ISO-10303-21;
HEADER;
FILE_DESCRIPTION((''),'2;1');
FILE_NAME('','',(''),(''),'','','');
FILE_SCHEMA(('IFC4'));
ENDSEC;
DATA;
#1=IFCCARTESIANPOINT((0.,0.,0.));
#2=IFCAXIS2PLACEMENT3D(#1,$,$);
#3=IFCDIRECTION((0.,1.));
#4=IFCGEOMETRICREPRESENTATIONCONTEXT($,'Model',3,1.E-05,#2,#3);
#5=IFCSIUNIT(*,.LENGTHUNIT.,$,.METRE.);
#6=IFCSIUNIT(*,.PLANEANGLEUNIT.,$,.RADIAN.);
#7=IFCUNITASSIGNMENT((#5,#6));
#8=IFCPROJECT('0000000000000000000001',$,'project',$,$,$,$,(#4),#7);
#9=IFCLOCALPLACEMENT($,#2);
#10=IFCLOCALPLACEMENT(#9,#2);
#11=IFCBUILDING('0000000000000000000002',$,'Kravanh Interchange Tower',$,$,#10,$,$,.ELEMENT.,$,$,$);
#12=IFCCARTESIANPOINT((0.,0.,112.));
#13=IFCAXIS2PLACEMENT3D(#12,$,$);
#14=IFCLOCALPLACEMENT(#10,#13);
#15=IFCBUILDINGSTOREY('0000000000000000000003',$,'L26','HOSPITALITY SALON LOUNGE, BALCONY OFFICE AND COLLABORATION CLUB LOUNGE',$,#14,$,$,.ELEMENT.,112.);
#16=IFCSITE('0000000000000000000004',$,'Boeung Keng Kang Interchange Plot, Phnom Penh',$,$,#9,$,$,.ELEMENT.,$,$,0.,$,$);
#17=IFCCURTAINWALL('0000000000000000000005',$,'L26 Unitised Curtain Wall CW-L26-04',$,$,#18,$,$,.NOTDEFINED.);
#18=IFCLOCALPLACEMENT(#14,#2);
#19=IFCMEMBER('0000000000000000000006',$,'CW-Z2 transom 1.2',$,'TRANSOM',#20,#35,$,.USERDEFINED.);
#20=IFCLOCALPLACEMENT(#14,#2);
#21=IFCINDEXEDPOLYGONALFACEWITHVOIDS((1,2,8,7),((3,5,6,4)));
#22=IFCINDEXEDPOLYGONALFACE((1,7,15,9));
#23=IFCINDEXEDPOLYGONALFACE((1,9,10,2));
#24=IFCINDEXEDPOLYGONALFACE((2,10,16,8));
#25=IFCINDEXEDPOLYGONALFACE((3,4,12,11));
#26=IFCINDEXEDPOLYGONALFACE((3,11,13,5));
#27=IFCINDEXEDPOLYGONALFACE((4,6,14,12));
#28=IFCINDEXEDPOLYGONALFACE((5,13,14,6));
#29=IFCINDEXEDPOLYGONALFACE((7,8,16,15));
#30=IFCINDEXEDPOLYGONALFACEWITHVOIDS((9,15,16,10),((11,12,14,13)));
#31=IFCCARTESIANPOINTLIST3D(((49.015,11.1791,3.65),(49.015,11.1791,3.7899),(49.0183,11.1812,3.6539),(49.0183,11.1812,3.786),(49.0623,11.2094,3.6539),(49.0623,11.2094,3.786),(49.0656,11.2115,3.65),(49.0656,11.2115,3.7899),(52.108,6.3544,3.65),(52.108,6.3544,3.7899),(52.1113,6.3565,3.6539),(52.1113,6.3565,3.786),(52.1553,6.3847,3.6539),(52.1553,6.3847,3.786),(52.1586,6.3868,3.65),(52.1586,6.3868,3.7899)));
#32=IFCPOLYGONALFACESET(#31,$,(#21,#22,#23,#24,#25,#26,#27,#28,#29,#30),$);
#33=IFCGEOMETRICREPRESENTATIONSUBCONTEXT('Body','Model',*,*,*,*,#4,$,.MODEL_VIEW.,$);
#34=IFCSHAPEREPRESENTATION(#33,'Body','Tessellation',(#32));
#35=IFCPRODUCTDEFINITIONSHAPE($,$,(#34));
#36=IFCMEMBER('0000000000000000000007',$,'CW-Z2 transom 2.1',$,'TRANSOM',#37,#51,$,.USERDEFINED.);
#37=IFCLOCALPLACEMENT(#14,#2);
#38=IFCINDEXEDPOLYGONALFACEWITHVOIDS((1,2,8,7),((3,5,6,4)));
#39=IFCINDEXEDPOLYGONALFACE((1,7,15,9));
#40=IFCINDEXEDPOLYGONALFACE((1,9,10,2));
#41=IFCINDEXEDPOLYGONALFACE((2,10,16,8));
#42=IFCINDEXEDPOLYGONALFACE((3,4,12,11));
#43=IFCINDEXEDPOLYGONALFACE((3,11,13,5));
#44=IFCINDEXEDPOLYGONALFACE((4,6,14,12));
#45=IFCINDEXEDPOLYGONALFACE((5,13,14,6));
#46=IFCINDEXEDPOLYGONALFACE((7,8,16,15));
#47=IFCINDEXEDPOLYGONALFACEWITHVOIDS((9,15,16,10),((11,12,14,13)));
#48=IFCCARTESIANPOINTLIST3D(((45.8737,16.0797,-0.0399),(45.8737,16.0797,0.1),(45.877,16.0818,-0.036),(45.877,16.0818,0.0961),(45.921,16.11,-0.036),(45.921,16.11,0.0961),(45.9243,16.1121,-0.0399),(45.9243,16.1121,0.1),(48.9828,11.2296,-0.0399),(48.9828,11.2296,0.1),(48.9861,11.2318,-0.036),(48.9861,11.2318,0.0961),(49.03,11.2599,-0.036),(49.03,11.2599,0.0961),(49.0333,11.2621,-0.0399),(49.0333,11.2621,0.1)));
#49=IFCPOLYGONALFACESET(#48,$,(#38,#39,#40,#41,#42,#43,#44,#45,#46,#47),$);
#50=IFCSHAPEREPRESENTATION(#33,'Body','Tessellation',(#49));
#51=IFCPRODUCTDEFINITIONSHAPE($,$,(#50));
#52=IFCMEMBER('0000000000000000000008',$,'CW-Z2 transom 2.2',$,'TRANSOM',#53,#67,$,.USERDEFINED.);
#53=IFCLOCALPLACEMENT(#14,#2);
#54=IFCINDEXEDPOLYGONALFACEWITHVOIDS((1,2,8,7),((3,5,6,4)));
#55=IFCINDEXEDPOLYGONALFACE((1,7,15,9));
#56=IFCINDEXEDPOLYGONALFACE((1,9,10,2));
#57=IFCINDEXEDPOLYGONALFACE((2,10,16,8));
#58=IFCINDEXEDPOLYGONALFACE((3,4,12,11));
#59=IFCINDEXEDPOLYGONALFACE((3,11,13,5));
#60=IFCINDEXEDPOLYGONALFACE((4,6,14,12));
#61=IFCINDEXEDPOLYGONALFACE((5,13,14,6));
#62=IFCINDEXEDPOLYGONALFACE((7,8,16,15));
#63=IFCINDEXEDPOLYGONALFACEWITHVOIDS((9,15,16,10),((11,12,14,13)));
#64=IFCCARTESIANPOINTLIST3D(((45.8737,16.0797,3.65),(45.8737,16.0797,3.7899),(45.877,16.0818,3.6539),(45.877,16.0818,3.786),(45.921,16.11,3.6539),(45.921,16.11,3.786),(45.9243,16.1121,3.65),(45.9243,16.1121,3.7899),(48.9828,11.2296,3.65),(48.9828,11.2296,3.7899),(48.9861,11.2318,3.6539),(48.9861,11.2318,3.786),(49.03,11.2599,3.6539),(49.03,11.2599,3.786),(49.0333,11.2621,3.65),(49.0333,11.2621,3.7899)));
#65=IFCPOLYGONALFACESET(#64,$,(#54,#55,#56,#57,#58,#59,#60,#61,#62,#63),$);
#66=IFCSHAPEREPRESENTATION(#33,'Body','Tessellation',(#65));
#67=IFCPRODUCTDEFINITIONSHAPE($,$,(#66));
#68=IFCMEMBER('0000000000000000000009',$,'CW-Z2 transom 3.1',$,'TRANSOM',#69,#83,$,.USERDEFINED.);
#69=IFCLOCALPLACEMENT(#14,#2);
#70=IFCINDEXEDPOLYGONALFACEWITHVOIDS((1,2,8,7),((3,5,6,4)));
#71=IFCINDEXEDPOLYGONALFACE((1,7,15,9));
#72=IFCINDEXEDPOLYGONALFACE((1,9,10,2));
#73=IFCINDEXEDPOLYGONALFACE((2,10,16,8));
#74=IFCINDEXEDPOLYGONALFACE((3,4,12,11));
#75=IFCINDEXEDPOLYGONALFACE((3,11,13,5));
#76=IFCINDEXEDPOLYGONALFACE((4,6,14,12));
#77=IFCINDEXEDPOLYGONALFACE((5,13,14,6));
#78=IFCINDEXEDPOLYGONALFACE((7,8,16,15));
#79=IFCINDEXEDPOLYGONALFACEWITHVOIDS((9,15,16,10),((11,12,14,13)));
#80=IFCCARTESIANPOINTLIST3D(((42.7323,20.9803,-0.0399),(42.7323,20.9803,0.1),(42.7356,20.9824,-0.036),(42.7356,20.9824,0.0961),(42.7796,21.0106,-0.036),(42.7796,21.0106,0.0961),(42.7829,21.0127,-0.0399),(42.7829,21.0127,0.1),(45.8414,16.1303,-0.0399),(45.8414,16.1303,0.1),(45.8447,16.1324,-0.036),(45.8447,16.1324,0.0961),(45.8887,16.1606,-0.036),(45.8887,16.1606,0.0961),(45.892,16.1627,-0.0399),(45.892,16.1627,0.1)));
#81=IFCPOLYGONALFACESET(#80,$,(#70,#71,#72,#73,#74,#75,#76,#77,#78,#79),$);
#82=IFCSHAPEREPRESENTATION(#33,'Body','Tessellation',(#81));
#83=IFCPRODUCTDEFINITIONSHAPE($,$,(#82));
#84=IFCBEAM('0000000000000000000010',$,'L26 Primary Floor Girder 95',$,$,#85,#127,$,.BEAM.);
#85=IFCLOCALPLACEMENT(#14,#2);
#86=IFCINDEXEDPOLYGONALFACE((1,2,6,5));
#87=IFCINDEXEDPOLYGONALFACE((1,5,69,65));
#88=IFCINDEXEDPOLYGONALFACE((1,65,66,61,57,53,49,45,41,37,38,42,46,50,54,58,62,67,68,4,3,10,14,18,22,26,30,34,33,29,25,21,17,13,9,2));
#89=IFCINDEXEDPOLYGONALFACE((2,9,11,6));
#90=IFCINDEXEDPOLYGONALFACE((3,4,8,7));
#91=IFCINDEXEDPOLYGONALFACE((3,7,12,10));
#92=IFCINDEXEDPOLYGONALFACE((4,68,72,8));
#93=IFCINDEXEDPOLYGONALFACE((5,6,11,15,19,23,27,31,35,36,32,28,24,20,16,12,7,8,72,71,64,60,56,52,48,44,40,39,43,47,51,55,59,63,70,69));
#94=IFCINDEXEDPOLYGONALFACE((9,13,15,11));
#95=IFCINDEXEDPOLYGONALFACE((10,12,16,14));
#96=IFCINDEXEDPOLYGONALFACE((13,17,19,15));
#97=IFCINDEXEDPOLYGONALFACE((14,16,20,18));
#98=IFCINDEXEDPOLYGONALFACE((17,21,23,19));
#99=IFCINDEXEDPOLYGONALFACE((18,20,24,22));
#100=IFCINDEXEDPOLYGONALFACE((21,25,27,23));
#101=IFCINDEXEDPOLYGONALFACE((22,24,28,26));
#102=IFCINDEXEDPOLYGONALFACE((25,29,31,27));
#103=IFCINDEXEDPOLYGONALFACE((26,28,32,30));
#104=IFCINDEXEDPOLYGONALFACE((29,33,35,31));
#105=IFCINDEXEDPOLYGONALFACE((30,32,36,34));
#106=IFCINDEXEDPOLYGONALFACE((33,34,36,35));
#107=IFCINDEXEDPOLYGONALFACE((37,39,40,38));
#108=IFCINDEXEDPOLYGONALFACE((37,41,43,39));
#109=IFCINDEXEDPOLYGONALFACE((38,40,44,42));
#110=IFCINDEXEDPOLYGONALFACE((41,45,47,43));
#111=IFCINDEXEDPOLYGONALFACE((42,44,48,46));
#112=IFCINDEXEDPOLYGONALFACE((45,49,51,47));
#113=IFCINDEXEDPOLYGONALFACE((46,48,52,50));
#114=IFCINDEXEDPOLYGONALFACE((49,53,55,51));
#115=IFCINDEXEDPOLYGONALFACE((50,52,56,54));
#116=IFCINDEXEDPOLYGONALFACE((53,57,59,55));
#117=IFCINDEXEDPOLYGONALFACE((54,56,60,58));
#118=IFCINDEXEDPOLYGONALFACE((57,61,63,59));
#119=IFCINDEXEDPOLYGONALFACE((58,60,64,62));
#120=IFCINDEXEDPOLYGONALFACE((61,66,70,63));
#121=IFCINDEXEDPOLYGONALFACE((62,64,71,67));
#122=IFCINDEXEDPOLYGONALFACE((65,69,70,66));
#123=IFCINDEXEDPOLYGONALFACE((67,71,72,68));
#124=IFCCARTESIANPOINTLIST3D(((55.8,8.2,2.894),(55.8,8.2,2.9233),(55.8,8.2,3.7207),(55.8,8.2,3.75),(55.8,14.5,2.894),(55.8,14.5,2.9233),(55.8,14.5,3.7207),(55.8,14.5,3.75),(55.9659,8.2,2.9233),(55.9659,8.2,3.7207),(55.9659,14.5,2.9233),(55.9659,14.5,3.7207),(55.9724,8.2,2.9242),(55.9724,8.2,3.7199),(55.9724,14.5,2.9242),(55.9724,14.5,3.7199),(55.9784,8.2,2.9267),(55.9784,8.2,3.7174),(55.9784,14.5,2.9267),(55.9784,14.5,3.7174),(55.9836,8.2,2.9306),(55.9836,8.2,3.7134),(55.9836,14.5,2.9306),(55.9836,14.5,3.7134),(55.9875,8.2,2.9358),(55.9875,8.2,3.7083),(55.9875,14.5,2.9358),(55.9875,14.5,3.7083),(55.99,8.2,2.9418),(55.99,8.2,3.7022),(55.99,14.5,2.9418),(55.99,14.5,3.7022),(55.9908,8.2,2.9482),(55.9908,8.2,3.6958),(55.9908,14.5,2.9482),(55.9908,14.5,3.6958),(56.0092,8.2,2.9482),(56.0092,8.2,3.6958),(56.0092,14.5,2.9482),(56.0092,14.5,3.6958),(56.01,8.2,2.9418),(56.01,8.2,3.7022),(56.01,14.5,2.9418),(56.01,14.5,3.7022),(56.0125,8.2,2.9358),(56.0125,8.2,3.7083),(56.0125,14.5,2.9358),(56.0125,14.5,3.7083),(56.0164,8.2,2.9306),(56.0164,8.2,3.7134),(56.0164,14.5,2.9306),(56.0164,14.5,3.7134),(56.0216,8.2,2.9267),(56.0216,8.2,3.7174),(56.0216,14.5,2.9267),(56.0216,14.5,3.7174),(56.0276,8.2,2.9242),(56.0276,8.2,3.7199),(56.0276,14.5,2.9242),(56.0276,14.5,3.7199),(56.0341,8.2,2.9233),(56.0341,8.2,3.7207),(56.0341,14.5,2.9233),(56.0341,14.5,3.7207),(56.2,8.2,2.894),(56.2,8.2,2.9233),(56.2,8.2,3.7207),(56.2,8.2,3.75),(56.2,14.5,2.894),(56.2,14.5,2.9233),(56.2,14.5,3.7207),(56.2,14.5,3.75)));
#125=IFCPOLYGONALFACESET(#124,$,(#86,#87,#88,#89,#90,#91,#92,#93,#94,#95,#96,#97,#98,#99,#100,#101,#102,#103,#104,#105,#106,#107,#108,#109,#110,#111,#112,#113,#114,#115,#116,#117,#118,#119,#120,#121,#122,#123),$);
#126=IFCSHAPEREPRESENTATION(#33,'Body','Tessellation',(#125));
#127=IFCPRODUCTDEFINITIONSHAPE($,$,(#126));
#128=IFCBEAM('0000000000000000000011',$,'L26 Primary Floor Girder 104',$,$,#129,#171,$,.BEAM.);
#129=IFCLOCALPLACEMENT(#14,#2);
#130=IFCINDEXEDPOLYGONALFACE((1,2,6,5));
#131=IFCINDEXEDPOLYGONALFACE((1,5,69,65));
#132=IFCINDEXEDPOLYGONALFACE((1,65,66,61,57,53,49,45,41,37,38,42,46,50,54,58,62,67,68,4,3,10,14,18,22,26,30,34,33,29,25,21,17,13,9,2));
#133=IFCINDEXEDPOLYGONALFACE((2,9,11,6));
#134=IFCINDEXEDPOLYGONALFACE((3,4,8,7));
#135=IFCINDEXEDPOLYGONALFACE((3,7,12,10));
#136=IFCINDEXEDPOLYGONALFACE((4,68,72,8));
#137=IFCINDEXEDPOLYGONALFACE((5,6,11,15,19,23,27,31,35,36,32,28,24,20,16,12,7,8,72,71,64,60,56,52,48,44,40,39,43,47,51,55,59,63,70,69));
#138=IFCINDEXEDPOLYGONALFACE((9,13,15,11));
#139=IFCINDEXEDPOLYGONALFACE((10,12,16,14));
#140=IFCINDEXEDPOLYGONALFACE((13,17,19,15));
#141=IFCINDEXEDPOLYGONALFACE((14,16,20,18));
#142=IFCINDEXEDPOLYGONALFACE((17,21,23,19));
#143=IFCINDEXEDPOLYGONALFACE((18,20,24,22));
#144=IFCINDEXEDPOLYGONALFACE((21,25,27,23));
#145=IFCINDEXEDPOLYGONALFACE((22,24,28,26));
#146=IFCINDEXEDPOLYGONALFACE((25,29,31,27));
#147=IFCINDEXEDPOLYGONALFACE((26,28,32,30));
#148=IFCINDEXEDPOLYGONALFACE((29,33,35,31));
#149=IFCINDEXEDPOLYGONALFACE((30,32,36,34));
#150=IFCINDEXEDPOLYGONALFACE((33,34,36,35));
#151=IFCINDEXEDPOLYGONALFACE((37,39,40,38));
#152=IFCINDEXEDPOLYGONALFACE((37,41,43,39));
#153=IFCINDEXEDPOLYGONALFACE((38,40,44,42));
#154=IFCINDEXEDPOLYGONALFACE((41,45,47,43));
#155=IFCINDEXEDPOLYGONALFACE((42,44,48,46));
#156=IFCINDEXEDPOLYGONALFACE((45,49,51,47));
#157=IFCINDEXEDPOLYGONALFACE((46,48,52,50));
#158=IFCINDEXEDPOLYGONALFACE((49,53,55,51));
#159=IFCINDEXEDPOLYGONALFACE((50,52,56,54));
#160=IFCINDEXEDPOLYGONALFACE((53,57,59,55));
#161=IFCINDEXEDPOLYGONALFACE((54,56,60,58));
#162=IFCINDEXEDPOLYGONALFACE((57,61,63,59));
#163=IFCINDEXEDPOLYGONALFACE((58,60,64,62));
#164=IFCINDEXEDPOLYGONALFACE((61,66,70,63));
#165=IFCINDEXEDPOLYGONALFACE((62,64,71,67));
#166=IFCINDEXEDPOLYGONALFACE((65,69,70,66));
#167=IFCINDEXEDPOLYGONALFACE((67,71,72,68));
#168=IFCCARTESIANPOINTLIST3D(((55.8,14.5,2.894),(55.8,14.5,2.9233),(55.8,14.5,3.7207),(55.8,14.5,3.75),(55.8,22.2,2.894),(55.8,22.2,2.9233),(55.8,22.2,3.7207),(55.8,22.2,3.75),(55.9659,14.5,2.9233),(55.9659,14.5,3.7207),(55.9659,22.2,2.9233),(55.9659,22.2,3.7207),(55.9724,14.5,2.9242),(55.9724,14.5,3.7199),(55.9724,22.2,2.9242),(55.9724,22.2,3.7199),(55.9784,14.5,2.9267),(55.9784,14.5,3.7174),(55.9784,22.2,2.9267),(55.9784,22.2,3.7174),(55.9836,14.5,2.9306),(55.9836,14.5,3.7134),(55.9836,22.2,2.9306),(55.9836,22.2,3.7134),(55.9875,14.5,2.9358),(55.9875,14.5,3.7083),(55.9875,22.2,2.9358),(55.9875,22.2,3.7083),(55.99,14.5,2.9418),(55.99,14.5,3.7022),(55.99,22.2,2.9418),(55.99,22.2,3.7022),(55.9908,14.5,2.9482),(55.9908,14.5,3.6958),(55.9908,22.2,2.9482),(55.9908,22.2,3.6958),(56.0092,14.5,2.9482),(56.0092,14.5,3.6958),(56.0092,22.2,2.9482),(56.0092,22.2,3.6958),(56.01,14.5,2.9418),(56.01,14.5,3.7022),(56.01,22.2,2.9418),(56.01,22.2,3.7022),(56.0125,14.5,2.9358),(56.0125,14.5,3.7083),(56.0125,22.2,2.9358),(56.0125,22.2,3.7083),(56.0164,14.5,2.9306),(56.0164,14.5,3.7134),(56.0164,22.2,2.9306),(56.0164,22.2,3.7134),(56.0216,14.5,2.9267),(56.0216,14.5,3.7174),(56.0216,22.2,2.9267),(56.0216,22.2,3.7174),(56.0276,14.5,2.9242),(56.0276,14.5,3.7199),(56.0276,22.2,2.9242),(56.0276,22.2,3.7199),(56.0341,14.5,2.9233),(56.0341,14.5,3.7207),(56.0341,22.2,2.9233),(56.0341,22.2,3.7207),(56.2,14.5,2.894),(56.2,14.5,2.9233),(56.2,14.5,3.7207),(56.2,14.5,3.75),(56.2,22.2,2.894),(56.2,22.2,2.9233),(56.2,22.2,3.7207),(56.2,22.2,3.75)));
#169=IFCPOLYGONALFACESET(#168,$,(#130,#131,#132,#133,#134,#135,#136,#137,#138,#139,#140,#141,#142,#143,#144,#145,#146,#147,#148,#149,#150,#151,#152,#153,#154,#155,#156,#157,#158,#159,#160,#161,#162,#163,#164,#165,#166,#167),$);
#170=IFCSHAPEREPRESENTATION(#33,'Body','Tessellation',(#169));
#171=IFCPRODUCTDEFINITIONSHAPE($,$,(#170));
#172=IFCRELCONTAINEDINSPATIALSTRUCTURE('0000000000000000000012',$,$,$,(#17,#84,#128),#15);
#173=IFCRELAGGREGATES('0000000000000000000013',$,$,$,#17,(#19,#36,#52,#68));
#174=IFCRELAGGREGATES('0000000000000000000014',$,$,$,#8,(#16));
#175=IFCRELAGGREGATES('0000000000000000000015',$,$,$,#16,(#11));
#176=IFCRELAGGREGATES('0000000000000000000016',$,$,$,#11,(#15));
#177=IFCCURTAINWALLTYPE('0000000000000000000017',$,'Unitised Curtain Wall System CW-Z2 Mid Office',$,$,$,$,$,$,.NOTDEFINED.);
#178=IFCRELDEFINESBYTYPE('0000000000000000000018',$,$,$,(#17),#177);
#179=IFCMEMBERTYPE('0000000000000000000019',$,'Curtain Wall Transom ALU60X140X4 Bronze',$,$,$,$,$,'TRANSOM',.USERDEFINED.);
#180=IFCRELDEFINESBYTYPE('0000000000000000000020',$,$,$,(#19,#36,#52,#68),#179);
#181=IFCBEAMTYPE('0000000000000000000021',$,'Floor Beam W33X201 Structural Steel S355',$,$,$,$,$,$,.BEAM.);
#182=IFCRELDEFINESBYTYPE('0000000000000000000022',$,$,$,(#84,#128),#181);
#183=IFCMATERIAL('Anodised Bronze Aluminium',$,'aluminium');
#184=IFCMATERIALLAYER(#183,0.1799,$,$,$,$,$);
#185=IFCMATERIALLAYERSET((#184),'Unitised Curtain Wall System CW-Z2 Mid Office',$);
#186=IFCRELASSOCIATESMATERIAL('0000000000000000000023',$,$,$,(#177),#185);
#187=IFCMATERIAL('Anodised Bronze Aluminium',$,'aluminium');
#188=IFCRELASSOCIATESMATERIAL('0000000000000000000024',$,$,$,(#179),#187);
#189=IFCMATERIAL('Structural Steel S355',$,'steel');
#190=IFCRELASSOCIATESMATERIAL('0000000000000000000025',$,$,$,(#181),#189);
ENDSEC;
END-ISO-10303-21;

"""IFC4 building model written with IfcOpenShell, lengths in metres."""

from ifc_helpers import new_model, si_unit, direction, frame, origin, origin_2d, place, context, subcontext, project, spatial, hollow_rectangle, i_section, extrude, material, layer, layer_set, material_profile, profile_set, type_object, element, aggregate, save


model = new_model("IFC4")

# Units and contexts
model_context = context("Model", 3, precision=1e-05, world=origin(), true_north=direction((0.0, 1.0)))
body_context = subcontext(model_context, "Body", "Model", "MODEL_VIEW")
ifc_project = project(units=[si_unit("LENGTHUNIT", "METRE"), si_unit("PLANEANGLEUNIT", "RADIAN")], contexts=[model_context])

# Site, building, storey
site_placement = place(None, origin())
site = spatial("IfcSite", under=ifc_project, at=site_placement, Name="Boeung Keng Kang Interchange Plot, Phnom Penh", CompositionType="ELEMENT", RefElevation=0.0)
building_placement = place(site_placement, origin())
building = spatial("IfcBuilding", under=site, at=building_placement, Name="Kravanh Interchange Tower", CompositionType="ELEMENT")
storey_placement = place(building_placement, frame((0.0, 0.0, 112.0)))
storey = spatial("IfcBuildingStorey", under=building, at=storey_placement, Name="L26", Description="HOSPITALITY SALON LOUNGE, BALCONY OFFICE AND COLLABORATION CLUB LOUNGE", CompositionType="ELEMENT", Elevation=112.0)

# Shared definitions
ifc_material_1 = material(Name="Anodised Bronze Aluminium", Category="aluminium")
ifc_layer_1 = layer(ifc_material_1, 0.1799)
ifc_layer_set_1 = layer_set([ifc_layer_1], Name="Unitised Curtain Wall System CW-Z2 Mid Office")
curtain_wall_type = type_object("IfcCurtainWallType", Name="Unitised Curtain Wall System CW-Z2 Mid Office", PredefinedType="NOTDEFINED", material=ifc_layer_set_1)

# Curtain wall, members
curtain_wall_1_placement = place(storey_placement, origin())
curtain_wall_1 = element("IfcCurtainWall", 1, at=curtain_wall_1_placement, inside=storey, type_object=curtain_wall_type, Name="L26 Unitised Curtain Wall CW-L26-04", PredefinedType="NOTDEFINED")
ifc_material_2 = material(Name="Anodised Bronze Aluminium", Category="aluminium")
ifc_material_profile_1 = material_profile(ifc_material_2, hollow_rectangle(XDim=0.0601, YDim=0.1399, WallThickness=0.0039, at=origin_2d()), Name="ALU60X140X4")
ifc_profile_set_1 = profile_set([ifc_material_profile_1], Name="Anodised Bronze Aluminium")
member_type_1 = type_object("IfcMemberType", Name="Curtain Wall Transom ALU60X140X4 Bronze", ElementType="TRANSOM", PredefinedType="USERDEFINED", material=ifc_profile_set_1)
member_1_placement = place(storey_placement, frame((52.1333, 6.3706, 3.72), z_axis=(-0.539698, 0.841859, 0.0), x_axis=(-0.841859, -0.539698, 0.0)))
member_1 = element("IfcMember", 2, at=member_1_placement, type_object=member_type_1, Name="CW-Z2 transom 1.2", ObjectType="TRANSOM", PredefinedType="USERDEFINED", context=body_context, shape_type="SweptSolid", body=[
    extrude(hollow_rectangle(XDim=0.0601, YDim=0.1399, WallThickness=0.0039, at=origin_2d()), origin(), (0.0, 0.0, 1.0), 5.731),
])
member_2_placement = place(storey_placement, frame((49.0081, 11.2458, 0.03), z_axis=(-0.539678, 0.841872, 0.0), x_axis=(-0.841872, -0.539678, 0.0)))
member_2 = element("IfcMember", 3, at=member_2_placement, type_object=member_type_1, Name="CW-Z2 transom 2.1", ObjectType="TRANSOM", PredefinedType="USERDEFINED", context=body_context, shape_type="SweptSolid", body=[
    extrude(hollow_rectangle(XDim=0.0601, YDim=0.1399, WallThickness=0.0039, at=origin_2d()), origin(), (0.0, 0.0, 1.0), 5.761),
])
member_3_placement = place(storey_placement, frame((49.0081, 11.2458, 3.72), z_axis=(-0.539678, 0.841872, 0.0), x_axis=(-0.841872, -0.539678, 0.0)))
member_3 = element("IfcMember", 4, at=member_3_placement, type_object=member_type_1, Name="CW-Z2 transom 2.2", ObjectType="TRANSOM", PredefinedType="USERDEFINED", context=body_context, shape_type="SweptSolid", body=[
    extrude(hollow_rectangle(XDim=0.0601, YDim=0.1399, WallThickness=0.0039, at=origin_2d()), origin(), (0.0, 0.0, 1.0), 5.761),
])
member_4_placement = place(storey_placement, frame((45.8667, 16.1465, 0.03), z_axis=(-0.539678, 0.841872, 0.0), x_axis=(-0.841872, -0.539678, 0.0)))
member_4 = element("IfcMember", 5, at=member_4_placement, type_object=member_type_1, Name="CW-Z2 transom 3.1", ObjectType="TRANSOM", PredefinedType="USERDEFINED", context=body_context, shape_type="SweptSolid", body=[
    extrude(hollow_rectangle(XDim=0.0601, YDim=0.1399, WallThickness=0.0039, at=origin_2d()), origin(), (0.0, 0.0, 1.0), 5.761),
])

# Beams
ifc_material_3 = material(Name="Structural Steel S355", Category="steel")
ifc_material_profile_2 = material_profile(ifc_material_3, i_section(OverallWidth=0.3999, OverallDepth=0.856, WebThickness=0.0183, FlangeThickness=0.0293, FilletRadius=0.0249, at=origin_2d()), Name="W33X201")
ifc_profile_set_2 = profile_set([ifc_material_profile_2], Name="Structural Steel S355")
beam_type_1 = type_object("IfcBeamType", Name="Floor Beam W33X201 Structural Steel S355", PredefinedType="BEAM", material=ifc_profile_set_2)
beam_1_placement = place(storey_placement, frame((56.0, 8.2, 3.322), z_axis=(0.0, 1.0, 0.0), x_axis=(-1.0, 0.0, 0.0)))
element("IfcBeam", 6, at=beam_1_placement, inside=storey, type_object=beam_type_1, Name="L26 Primary Floor Girder 95", PredefinedType="BEAM", context=body_context, shape_type="SweptSolid", body=[
    extrude(i_section(OverallWidth=0.3999, OverallDepth=0.856, WebThickness=0.0183, FlangeThickness=0.0293, FilletRadius=0.0249, at=origin_2d()), origin(), (0.0, 0.0, 1.0), 6.3),
])
beam_2_placement = place(storey_placement, frame((56.0, 14.5, 3.322), z_axis=(0.0, 1.0, 0.0), x_axis=(-1.0, 0.0, 0.0)))
element("IfcBeam", 7, at=beam_2_placement, inside=storey, type_object=beam_type_1, Name="L26 Primary Floor Girder 104", PredefinedType="BEAM", context=body_context, shape_type="SweptSolid", body=[
    extrude(i_section(OverallWidth=0.3999, OverallDepth=0.856, WebThickness=0.0183, FlangeThickness=0.0293, FilletRadius=0.0249, at=origin_2d()), origin(), (0.0, 0.0, 1.0), 7.7),
])

aggregate(curtain_wall_1, [member_1, member_2, member_3, member_4])

save(model, "model.ifc")
